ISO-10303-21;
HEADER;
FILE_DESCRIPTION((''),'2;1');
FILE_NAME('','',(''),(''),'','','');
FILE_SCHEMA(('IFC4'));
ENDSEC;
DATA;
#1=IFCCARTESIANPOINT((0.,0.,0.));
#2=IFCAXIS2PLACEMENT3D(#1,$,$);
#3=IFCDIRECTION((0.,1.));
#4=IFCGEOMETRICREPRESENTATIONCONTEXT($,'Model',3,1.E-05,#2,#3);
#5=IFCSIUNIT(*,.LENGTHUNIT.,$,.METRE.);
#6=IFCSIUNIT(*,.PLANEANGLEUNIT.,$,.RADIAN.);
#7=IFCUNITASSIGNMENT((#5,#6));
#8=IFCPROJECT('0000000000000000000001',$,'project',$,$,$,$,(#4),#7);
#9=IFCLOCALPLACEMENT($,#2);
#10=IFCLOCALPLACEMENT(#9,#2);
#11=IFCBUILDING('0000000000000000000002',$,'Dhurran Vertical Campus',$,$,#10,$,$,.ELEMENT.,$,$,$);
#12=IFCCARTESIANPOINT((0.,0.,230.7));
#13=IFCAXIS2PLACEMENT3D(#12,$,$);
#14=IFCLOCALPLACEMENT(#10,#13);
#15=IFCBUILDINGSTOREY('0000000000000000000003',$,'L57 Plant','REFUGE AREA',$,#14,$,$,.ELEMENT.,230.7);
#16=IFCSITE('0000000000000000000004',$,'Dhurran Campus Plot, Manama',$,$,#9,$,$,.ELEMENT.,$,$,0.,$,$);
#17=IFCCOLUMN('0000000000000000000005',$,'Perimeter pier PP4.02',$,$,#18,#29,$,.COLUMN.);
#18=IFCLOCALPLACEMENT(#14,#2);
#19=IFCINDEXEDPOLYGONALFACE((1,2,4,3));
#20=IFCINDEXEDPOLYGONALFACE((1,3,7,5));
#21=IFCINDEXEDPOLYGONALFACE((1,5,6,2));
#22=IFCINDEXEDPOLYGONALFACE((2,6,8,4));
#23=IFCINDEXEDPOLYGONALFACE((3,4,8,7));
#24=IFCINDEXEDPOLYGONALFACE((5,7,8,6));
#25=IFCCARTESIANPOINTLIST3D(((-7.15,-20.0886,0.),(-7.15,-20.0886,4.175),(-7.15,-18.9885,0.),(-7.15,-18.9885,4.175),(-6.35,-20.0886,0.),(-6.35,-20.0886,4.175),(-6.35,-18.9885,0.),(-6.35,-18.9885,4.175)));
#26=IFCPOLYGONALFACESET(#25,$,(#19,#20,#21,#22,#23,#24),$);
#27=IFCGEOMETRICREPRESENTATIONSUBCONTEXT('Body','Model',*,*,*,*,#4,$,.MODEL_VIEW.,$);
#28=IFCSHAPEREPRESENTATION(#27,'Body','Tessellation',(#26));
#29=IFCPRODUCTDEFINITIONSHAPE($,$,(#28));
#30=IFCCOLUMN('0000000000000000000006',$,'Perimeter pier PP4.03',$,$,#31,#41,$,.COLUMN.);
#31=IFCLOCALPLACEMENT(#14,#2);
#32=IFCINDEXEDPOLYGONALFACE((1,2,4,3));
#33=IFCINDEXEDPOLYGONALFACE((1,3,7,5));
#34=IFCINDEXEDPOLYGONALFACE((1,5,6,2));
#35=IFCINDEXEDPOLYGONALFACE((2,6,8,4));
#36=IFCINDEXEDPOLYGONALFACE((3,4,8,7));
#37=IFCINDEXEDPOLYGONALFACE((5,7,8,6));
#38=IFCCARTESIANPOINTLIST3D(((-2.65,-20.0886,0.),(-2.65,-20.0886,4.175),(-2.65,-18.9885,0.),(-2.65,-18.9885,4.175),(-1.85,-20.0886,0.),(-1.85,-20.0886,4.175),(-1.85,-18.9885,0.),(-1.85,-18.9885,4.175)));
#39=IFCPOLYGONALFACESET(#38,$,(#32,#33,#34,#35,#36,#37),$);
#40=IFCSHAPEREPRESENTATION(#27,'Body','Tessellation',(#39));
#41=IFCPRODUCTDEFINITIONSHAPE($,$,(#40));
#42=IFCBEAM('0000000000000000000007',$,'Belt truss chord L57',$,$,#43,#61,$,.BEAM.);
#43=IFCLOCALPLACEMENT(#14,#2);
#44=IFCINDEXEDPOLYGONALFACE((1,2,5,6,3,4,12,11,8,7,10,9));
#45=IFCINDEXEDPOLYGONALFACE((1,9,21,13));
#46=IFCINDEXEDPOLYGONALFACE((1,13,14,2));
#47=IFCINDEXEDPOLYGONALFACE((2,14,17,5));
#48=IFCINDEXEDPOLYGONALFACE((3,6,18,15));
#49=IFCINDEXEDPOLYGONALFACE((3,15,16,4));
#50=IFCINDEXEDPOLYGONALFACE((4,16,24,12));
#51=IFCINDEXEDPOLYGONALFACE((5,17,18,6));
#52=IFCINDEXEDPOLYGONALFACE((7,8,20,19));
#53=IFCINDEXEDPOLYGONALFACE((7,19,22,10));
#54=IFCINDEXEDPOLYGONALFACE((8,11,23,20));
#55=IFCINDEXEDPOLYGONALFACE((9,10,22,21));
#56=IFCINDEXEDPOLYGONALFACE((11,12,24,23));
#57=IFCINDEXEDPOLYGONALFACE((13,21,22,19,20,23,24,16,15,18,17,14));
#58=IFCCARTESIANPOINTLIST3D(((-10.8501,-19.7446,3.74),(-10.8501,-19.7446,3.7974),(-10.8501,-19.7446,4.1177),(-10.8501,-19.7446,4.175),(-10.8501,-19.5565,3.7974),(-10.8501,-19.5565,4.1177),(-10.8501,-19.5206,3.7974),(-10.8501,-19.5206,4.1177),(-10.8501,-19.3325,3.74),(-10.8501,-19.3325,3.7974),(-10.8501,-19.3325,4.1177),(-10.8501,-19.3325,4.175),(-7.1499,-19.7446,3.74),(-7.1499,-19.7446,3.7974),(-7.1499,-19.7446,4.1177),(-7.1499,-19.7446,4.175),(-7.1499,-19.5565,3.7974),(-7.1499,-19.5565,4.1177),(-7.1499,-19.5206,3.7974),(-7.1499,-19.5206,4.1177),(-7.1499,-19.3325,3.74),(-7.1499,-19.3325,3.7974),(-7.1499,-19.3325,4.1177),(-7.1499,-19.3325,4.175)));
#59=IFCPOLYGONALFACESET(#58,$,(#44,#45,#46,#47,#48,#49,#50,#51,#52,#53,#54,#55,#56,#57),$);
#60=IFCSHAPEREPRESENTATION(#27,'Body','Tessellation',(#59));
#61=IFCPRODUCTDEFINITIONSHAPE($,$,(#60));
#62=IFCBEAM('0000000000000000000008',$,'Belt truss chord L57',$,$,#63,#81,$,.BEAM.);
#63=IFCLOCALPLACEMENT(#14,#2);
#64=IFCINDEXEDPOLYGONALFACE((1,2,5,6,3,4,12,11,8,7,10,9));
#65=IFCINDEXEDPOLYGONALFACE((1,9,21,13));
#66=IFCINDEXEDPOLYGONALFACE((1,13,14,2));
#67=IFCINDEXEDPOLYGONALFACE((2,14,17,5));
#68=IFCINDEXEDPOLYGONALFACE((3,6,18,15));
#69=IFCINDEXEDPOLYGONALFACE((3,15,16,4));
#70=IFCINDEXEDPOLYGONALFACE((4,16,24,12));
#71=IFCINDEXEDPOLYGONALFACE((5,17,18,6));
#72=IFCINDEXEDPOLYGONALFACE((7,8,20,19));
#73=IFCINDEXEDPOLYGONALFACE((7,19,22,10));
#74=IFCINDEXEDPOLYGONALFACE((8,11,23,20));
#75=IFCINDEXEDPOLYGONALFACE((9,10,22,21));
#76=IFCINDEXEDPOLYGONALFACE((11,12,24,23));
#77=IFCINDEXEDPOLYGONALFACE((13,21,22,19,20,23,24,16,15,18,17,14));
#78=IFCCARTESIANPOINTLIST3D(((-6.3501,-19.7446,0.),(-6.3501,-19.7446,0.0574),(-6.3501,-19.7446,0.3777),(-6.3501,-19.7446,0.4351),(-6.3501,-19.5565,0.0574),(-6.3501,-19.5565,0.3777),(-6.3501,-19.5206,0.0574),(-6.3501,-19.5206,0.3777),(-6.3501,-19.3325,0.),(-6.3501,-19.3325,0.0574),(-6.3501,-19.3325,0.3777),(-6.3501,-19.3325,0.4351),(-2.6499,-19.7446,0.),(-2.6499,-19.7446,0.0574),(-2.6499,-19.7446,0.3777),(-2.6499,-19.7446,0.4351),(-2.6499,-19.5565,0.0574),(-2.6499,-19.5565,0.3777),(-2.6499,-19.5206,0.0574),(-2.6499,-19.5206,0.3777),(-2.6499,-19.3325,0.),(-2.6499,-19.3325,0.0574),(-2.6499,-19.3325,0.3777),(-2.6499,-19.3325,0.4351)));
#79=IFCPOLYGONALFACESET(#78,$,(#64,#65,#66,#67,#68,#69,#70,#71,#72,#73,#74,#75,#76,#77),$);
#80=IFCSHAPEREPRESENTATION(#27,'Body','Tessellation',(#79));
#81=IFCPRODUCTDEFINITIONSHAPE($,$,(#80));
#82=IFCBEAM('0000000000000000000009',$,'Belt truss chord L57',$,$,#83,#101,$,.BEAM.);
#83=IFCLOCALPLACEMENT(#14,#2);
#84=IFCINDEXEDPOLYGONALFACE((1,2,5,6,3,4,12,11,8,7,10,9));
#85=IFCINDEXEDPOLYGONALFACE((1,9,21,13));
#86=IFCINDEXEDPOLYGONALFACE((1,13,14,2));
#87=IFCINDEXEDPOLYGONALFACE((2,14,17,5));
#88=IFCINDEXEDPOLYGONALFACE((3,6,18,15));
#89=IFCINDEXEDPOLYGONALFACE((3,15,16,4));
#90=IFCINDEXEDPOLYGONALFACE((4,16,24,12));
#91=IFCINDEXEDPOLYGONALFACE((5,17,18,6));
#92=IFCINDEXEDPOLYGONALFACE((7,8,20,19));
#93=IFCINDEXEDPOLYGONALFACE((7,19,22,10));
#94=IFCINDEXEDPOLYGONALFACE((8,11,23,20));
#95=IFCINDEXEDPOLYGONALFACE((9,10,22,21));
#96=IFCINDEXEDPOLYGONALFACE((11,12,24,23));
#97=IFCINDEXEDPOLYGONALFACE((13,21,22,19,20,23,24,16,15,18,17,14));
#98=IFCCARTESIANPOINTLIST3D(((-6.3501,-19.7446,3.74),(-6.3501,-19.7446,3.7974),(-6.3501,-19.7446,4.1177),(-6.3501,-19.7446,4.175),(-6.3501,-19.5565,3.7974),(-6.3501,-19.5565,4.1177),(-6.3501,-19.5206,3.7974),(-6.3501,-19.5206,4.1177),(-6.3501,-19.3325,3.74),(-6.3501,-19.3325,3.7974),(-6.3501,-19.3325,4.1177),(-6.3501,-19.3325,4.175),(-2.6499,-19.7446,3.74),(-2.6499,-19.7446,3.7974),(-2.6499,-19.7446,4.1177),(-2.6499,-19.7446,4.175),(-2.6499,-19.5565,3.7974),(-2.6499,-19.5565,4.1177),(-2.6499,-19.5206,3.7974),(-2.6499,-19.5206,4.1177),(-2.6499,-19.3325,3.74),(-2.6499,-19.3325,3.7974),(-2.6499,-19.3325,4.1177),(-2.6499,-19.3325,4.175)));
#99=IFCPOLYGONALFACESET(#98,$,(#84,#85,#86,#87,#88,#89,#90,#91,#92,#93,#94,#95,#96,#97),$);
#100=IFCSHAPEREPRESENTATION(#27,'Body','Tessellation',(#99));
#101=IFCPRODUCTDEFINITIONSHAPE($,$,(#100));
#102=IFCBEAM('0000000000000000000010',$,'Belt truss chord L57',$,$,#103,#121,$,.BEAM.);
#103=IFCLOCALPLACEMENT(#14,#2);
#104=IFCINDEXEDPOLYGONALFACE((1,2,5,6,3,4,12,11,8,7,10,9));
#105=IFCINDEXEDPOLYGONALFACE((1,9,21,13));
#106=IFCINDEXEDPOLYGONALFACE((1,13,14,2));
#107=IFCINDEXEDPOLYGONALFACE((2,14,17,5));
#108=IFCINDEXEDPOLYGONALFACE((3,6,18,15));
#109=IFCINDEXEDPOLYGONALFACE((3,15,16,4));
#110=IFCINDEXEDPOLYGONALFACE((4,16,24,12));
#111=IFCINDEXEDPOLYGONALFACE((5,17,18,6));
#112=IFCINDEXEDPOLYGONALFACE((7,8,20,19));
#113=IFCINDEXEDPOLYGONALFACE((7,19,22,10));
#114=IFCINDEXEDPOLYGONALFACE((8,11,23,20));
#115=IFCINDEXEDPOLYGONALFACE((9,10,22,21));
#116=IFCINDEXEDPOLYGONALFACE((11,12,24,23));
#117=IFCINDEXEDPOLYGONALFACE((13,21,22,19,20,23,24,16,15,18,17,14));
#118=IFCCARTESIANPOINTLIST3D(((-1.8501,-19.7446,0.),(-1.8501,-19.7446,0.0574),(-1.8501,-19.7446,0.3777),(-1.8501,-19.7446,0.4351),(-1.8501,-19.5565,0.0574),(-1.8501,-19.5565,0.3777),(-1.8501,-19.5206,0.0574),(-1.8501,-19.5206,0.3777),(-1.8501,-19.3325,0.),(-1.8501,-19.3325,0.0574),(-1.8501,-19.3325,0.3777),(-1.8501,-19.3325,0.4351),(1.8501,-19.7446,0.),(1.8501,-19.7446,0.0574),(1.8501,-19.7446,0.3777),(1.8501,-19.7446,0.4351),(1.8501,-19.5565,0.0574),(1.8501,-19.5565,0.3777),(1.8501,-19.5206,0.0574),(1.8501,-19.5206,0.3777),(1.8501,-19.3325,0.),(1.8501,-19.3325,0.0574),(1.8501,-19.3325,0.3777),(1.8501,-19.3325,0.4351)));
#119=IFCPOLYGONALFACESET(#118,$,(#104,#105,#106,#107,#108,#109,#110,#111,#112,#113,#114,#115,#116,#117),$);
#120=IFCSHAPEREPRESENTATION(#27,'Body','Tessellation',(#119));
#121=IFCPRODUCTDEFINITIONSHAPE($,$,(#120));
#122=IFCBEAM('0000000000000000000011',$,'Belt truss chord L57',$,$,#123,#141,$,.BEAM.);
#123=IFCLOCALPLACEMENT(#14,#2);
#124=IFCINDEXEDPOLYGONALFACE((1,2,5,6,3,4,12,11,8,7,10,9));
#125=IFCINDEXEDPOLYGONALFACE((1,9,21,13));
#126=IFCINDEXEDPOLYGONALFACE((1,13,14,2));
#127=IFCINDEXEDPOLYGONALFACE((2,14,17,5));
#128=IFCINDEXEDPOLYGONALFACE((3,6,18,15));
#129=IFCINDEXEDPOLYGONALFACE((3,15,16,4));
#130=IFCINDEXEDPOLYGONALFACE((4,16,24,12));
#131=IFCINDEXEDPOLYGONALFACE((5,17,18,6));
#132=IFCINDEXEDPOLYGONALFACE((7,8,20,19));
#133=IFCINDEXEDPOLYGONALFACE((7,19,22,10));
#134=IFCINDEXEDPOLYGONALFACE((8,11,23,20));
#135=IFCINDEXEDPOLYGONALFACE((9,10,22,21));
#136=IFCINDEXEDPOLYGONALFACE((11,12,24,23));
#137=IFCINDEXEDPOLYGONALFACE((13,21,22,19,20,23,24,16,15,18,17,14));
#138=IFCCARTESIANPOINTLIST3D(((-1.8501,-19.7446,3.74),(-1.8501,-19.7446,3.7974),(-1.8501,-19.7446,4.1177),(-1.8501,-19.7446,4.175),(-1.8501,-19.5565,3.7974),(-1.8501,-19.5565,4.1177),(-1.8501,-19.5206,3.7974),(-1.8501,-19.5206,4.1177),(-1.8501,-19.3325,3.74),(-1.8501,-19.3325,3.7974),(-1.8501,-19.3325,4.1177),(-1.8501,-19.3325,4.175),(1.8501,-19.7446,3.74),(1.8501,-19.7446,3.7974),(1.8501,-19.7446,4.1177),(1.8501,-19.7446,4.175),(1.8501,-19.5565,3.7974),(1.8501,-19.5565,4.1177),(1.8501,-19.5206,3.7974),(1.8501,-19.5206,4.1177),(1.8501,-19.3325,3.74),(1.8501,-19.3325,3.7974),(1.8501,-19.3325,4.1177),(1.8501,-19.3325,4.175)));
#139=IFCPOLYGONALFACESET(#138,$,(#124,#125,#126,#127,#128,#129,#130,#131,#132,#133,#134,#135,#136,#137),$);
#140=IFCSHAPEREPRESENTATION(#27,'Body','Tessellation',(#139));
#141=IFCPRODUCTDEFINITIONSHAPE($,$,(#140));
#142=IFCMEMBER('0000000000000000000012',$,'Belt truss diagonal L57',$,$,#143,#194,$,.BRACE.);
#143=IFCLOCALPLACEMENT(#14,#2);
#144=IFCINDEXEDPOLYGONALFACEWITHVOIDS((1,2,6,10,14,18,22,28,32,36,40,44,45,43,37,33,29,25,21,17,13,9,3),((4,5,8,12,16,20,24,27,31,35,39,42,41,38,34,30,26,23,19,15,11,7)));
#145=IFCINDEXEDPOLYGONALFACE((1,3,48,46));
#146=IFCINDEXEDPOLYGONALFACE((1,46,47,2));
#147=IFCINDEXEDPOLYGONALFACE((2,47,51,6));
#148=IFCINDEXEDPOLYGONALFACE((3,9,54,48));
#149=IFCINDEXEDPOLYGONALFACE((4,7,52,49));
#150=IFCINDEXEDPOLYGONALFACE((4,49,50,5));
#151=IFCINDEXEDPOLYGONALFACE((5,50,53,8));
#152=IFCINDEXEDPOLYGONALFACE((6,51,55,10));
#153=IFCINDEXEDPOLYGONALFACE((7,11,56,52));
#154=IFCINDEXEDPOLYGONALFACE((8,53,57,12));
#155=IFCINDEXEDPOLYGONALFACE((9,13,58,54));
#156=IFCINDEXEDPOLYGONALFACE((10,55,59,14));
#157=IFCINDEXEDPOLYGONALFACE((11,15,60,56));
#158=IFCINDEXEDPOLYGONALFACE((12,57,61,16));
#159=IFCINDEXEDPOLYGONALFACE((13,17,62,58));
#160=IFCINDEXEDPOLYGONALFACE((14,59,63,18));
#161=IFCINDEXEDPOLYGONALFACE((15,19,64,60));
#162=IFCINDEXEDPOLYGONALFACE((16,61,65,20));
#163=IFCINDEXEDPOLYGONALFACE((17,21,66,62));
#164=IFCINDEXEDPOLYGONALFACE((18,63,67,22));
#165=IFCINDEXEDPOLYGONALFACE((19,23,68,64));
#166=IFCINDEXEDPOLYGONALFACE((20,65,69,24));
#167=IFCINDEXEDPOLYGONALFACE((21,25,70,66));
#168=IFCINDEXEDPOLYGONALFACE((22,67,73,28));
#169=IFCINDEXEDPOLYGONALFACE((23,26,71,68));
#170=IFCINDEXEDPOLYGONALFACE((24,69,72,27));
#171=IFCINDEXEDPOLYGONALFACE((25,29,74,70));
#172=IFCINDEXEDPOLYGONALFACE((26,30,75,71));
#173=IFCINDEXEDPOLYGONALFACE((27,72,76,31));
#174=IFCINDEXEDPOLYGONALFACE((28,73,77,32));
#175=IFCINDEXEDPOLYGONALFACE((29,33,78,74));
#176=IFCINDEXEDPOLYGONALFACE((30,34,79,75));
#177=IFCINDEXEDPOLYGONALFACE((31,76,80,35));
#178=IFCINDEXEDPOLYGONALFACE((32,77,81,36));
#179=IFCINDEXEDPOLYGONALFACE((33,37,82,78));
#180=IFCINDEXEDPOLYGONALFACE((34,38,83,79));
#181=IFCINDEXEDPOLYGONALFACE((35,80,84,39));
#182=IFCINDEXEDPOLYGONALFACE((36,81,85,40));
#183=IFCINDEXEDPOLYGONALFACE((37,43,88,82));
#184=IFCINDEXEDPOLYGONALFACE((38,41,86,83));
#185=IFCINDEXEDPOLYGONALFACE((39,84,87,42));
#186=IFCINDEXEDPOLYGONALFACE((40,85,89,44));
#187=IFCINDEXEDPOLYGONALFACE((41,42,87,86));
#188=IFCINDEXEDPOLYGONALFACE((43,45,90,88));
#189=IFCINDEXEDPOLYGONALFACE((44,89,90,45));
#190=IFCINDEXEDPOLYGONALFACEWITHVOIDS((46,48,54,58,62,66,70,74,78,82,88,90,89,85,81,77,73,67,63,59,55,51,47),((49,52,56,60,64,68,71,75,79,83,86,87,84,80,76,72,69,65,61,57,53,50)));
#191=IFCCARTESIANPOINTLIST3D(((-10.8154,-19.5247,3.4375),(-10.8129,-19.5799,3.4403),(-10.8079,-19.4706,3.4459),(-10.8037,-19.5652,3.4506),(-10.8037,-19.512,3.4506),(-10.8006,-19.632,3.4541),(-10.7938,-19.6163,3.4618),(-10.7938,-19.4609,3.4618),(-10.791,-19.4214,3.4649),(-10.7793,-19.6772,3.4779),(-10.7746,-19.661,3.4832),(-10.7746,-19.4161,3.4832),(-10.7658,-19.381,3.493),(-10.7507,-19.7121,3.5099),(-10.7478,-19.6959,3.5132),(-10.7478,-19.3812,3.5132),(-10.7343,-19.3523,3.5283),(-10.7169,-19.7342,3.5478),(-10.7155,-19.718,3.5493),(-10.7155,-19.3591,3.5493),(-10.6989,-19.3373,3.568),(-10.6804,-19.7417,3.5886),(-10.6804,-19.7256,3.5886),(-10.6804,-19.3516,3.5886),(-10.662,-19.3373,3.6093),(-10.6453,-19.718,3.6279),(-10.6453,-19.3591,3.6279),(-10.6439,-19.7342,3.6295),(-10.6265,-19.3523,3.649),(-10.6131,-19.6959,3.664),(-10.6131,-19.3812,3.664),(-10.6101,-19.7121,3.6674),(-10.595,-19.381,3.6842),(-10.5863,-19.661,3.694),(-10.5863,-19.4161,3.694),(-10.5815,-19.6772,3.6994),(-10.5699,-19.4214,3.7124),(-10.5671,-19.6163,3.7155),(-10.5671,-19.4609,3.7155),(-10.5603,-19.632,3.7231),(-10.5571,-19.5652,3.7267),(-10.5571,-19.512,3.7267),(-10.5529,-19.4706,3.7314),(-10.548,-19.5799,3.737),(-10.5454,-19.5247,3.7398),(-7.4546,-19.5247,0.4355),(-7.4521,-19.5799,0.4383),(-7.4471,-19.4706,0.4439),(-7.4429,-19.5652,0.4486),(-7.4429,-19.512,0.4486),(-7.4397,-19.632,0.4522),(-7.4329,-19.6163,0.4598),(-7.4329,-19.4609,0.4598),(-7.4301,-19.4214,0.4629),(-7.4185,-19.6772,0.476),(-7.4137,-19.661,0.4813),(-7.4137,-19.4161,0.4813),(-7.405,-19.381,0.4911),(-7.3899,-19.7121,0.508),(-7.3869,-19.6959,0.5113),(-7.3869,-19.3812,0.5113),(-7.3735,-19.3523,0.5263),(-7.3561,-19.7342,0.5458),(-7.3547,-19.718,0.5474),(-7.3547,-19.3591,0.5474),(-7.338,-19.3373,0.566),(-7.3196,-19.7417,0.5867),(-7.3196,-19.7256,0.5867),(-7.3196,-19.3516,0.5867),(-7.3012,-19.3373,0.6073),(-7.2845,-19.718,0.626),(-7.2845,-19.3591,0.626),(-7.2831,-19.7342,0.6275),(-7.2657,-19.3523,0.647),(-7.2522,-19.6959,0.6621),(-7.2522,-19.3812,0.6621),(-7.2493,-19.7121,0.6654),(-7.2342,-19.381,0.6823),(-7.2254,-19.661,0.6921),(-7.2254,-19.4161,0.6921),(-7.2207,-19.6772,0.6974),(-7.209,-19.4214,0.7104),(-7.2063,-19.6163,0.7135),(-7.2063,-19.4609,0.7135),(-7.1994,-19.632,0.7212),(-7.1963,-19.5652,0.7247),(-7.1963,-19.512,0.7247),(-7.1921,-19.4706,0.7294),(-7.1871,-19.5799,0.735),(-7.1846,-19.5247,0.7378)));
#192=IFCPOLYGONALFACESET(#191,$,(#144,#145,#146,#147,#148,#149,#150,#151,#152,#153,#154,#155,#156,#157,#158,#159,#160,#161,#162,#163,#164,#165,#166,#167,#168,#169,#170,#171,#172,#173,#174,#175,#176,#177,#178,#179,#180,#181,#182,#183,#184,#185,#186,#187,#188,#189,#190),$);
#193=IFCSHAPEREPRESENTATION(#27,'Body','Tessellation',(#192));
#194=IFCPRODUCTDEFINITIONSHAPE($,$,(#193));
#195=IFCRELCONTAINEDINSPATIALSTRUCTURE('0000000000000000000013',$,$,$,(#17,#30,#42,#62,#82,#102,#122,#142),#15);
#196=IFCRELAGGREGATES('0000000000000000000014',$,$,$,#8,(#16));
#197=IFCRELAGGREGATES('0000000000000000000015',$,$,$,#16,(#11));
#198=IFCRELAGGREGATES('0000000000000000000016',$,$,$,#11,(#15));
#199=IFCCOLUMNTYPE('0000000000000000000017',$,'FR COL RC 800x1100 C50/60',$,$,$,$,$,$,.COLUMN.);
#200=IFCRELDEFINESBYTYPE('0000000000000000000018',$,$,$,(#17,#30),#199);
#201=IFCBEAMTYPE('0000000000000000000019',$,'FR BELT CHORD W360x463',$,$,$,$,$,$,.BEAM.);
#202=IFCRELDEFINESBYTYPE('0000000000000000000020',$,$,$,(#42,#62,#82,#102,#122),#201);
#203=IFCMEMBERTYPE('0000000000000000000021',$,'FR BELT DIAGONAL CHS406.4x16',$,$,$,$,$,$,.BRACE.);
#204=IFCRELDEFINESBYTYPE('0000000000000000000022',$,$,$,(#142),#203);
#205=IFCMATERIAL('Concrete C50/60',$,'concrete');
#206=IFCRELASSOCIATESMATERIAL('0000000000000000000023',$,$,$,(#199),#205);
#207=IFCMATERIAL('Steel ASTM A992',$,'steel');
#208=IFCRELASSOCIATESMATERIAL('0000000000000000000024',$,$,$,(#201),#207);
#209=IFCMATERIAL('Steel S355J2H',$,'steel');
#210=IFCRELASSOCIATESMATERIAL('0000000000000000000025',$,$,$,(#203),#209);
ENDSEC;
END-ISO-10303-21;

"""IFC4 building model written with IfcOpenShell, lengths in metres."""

from ifc_helpers import new_model, si_unit, direction, frame, origin, origin_2d, place, context, subcontext, project, spatial, rectangle, hollow_circle, i_section, extrude, material, material_profile, profile_set, type_object, element, save


model = new_model("IFC4")

# Units and contexts
model_context = context("Model", 3, precision=1e-05, world=origin(), true_north=direction((0.0, 1.0)))
body_context = subcontext(model_context, "Body", "Model", "MODEL_VIEW")
ifc_project = project(units=[si_unit("LENGTHUNIT", "METRE"), si_unit("PLANEANGLEUNIT", "RADIAN")], contexts=[model_context])

# Site, building, storey
site_placement = place(None, origin())
site = spatial("IfcSite", under=ifc_project, at=site_placement, Name="Dhurran Campus Plot, Manama", CompositionType="ELEMENT", RefElevation=0.0)
building_placement = place(site_placement, origin())
building = spatial("IfcBuilding", under=site, at=building_placement, Name="Dhurran Vertical Campus", CompositionType="ELEMENT")
storey_placement = place(building_placement, frame((0.0, 0.0, 230.7)))
storey = spatial("IfcBuildingStorey", under=building, at=storey_placement, Name="L57 Plant", Description="REFUGE AREA", CompositionType="ELEMENT", Elevation=230.7)

# Columns
ifc_material_1 = material(Name="Concrete C50/60", Category="concrete")
ifc_material_profile_1 = material_profile(ifc_material_1, rectangle(XDim=0.8, YDim=1.1001, at=origin_2d()), Name="RC 800x1100")
ifc_profile_set_1 = profile_set([ifc_material_profile_1], Name="Concrete C50/60")
column_type = type_object("IfcColumnType", Name="FR COL RC 800x1100 C50/60", PredefinedType="COLUMN", material=ifc_profile_set_1)
for number, where, z_axis, x_axis, name in (
    (1, (-6.75, -19.5386, 0.0), (0.0, 0.0, 1.0), (1.0, 0.0, 0.0), "Perimeter pier PP4.02"),
    (2, (-2.25, -19.5386, 0.0), (0.0, 0.0, 1.0), (1.0, 0.0, 0.0), "Perimeter pier PP4.03"),
):
    element("IfcColumn", number, at=place(storey_placement, frame(where, z_axis=z_axis, x_axis=x_axis)), inside=storey, type_object=column_type, Name=name, PredefinedType="COLUMN", context=body_context, shape_type="SweptSolid", body=[
        extrude(rectangle(XDim=0.8, YDim=1.1001, at=origin_2d()), origin(), (0.0, 0.0, 1.0), 4.175),
    ])

# Beams
ifc_material_2 = material(Name="Steel ASTM A992", Category="steel")
ifc_material_profile_2 = material_profile(ifc_material_2, i_section(OverallWidth=0.4121, OverallDepth=0.4351, WebThickness=0.0359, FlangeThickness=0.0574, at=origin_2d()), Name="W360x463")
ifc_profile_set_2 = profile_set([ifc_material_profile_2], Name="Steel ASTM A992")
beam_type_1 = type_object("IfcBeamType", Name="FR BELT CHORD W360x463", PredefinedType="BEAM", material=ifc_profile_set_2)
for number, where, z_axis, x_axis, name in (
    (3, (-10.8501, -19.5386, 3.9575), (1.0, 0.0, 0.0), (0.0, 1.0, 0.0), "Belt truss chord L57"),
    (4, (-6.3501, -19.5386, 0.2175), (1.0, 0.0, 0.0), (0.0, 1.0, 0.0), "Belt truss chord L57"),
    (5, (-6.3501, -19.5386, 3.9575), (1.0, 0.0, 0.0), (0.0, 1.0, 0.0), "Belt truss chord L57"),
    (6, (-1.8501, -19.5386, 0.2175), (1.0, 0.0, 0.0), (0.0, 1.0, 0.0), "Belt truss chord L57"),
    (7, (-1.8501, -19.5386, 3.9575), (1.0, 0.0, 0.0), (0.0, 1.0, 0.0), "Belt truss chord L57"),
):
    element("IfcBeam", number, at=place(storey_placement, frame(where, z_axis=z_axis, x_axis=x_axis)), inside=storey, type_object=beam_type_1, Name=name, PredefinedType="BEAM", context=body_context, shape_type="SweptSolid", body=[
        extrude(i_section(OverallWidth=0.4121, OverallDepth=0.4351, WebThickness=0.0359, FlangeThickness=0.0574, at=origin_2d()), origin(), (0.0, 0.0, 1.0), 3.7002),
    ])

# Member
ifc_material_3 = material(Name="Steel S355J2H", Category="steel")
ifc_material_profile_3 = material_profile(ifc_material_3, hollow_circle(Radius=0.2031, WallThickness=0.0161, at=origin_2d()), Name="CHS406.4x16")
ifc_profile_set_3 = profile_set([ifc_material_profile_3], Name="Steel S355J2H")
member_type_1 = type_object("IfcMemberType", Name="FR BELT DIAGONAL CHS406.4x16", PredefinedType="BRACE", material=ifc_profile_set_3)
for number, where, z_axis, x_axis, name in (
    (8, (-7.3196, -19.5386, 0.5867), (-0.745805, 0.0, 0.666164), (0.0, -1.0, 0.0), "Belt truss diagonal L57"),
):
    element("IfcMember", number, at=place(storey_placement, frame(where, z_axis=z_axis, x_axis=x_axis)), inside=storey, type_object=member_type_1, Name=name, PredefinedType="BRACE", context=body_context, shape_type="SweptSolid", body=[
        extrude(hollow_circle(Radius=0.2031, WallThickness=0.0161, at=origin_2d()), origin(), (0.0, 0.0, 1.0), 4.5063),
    ])

save(model, "model.ifc")
